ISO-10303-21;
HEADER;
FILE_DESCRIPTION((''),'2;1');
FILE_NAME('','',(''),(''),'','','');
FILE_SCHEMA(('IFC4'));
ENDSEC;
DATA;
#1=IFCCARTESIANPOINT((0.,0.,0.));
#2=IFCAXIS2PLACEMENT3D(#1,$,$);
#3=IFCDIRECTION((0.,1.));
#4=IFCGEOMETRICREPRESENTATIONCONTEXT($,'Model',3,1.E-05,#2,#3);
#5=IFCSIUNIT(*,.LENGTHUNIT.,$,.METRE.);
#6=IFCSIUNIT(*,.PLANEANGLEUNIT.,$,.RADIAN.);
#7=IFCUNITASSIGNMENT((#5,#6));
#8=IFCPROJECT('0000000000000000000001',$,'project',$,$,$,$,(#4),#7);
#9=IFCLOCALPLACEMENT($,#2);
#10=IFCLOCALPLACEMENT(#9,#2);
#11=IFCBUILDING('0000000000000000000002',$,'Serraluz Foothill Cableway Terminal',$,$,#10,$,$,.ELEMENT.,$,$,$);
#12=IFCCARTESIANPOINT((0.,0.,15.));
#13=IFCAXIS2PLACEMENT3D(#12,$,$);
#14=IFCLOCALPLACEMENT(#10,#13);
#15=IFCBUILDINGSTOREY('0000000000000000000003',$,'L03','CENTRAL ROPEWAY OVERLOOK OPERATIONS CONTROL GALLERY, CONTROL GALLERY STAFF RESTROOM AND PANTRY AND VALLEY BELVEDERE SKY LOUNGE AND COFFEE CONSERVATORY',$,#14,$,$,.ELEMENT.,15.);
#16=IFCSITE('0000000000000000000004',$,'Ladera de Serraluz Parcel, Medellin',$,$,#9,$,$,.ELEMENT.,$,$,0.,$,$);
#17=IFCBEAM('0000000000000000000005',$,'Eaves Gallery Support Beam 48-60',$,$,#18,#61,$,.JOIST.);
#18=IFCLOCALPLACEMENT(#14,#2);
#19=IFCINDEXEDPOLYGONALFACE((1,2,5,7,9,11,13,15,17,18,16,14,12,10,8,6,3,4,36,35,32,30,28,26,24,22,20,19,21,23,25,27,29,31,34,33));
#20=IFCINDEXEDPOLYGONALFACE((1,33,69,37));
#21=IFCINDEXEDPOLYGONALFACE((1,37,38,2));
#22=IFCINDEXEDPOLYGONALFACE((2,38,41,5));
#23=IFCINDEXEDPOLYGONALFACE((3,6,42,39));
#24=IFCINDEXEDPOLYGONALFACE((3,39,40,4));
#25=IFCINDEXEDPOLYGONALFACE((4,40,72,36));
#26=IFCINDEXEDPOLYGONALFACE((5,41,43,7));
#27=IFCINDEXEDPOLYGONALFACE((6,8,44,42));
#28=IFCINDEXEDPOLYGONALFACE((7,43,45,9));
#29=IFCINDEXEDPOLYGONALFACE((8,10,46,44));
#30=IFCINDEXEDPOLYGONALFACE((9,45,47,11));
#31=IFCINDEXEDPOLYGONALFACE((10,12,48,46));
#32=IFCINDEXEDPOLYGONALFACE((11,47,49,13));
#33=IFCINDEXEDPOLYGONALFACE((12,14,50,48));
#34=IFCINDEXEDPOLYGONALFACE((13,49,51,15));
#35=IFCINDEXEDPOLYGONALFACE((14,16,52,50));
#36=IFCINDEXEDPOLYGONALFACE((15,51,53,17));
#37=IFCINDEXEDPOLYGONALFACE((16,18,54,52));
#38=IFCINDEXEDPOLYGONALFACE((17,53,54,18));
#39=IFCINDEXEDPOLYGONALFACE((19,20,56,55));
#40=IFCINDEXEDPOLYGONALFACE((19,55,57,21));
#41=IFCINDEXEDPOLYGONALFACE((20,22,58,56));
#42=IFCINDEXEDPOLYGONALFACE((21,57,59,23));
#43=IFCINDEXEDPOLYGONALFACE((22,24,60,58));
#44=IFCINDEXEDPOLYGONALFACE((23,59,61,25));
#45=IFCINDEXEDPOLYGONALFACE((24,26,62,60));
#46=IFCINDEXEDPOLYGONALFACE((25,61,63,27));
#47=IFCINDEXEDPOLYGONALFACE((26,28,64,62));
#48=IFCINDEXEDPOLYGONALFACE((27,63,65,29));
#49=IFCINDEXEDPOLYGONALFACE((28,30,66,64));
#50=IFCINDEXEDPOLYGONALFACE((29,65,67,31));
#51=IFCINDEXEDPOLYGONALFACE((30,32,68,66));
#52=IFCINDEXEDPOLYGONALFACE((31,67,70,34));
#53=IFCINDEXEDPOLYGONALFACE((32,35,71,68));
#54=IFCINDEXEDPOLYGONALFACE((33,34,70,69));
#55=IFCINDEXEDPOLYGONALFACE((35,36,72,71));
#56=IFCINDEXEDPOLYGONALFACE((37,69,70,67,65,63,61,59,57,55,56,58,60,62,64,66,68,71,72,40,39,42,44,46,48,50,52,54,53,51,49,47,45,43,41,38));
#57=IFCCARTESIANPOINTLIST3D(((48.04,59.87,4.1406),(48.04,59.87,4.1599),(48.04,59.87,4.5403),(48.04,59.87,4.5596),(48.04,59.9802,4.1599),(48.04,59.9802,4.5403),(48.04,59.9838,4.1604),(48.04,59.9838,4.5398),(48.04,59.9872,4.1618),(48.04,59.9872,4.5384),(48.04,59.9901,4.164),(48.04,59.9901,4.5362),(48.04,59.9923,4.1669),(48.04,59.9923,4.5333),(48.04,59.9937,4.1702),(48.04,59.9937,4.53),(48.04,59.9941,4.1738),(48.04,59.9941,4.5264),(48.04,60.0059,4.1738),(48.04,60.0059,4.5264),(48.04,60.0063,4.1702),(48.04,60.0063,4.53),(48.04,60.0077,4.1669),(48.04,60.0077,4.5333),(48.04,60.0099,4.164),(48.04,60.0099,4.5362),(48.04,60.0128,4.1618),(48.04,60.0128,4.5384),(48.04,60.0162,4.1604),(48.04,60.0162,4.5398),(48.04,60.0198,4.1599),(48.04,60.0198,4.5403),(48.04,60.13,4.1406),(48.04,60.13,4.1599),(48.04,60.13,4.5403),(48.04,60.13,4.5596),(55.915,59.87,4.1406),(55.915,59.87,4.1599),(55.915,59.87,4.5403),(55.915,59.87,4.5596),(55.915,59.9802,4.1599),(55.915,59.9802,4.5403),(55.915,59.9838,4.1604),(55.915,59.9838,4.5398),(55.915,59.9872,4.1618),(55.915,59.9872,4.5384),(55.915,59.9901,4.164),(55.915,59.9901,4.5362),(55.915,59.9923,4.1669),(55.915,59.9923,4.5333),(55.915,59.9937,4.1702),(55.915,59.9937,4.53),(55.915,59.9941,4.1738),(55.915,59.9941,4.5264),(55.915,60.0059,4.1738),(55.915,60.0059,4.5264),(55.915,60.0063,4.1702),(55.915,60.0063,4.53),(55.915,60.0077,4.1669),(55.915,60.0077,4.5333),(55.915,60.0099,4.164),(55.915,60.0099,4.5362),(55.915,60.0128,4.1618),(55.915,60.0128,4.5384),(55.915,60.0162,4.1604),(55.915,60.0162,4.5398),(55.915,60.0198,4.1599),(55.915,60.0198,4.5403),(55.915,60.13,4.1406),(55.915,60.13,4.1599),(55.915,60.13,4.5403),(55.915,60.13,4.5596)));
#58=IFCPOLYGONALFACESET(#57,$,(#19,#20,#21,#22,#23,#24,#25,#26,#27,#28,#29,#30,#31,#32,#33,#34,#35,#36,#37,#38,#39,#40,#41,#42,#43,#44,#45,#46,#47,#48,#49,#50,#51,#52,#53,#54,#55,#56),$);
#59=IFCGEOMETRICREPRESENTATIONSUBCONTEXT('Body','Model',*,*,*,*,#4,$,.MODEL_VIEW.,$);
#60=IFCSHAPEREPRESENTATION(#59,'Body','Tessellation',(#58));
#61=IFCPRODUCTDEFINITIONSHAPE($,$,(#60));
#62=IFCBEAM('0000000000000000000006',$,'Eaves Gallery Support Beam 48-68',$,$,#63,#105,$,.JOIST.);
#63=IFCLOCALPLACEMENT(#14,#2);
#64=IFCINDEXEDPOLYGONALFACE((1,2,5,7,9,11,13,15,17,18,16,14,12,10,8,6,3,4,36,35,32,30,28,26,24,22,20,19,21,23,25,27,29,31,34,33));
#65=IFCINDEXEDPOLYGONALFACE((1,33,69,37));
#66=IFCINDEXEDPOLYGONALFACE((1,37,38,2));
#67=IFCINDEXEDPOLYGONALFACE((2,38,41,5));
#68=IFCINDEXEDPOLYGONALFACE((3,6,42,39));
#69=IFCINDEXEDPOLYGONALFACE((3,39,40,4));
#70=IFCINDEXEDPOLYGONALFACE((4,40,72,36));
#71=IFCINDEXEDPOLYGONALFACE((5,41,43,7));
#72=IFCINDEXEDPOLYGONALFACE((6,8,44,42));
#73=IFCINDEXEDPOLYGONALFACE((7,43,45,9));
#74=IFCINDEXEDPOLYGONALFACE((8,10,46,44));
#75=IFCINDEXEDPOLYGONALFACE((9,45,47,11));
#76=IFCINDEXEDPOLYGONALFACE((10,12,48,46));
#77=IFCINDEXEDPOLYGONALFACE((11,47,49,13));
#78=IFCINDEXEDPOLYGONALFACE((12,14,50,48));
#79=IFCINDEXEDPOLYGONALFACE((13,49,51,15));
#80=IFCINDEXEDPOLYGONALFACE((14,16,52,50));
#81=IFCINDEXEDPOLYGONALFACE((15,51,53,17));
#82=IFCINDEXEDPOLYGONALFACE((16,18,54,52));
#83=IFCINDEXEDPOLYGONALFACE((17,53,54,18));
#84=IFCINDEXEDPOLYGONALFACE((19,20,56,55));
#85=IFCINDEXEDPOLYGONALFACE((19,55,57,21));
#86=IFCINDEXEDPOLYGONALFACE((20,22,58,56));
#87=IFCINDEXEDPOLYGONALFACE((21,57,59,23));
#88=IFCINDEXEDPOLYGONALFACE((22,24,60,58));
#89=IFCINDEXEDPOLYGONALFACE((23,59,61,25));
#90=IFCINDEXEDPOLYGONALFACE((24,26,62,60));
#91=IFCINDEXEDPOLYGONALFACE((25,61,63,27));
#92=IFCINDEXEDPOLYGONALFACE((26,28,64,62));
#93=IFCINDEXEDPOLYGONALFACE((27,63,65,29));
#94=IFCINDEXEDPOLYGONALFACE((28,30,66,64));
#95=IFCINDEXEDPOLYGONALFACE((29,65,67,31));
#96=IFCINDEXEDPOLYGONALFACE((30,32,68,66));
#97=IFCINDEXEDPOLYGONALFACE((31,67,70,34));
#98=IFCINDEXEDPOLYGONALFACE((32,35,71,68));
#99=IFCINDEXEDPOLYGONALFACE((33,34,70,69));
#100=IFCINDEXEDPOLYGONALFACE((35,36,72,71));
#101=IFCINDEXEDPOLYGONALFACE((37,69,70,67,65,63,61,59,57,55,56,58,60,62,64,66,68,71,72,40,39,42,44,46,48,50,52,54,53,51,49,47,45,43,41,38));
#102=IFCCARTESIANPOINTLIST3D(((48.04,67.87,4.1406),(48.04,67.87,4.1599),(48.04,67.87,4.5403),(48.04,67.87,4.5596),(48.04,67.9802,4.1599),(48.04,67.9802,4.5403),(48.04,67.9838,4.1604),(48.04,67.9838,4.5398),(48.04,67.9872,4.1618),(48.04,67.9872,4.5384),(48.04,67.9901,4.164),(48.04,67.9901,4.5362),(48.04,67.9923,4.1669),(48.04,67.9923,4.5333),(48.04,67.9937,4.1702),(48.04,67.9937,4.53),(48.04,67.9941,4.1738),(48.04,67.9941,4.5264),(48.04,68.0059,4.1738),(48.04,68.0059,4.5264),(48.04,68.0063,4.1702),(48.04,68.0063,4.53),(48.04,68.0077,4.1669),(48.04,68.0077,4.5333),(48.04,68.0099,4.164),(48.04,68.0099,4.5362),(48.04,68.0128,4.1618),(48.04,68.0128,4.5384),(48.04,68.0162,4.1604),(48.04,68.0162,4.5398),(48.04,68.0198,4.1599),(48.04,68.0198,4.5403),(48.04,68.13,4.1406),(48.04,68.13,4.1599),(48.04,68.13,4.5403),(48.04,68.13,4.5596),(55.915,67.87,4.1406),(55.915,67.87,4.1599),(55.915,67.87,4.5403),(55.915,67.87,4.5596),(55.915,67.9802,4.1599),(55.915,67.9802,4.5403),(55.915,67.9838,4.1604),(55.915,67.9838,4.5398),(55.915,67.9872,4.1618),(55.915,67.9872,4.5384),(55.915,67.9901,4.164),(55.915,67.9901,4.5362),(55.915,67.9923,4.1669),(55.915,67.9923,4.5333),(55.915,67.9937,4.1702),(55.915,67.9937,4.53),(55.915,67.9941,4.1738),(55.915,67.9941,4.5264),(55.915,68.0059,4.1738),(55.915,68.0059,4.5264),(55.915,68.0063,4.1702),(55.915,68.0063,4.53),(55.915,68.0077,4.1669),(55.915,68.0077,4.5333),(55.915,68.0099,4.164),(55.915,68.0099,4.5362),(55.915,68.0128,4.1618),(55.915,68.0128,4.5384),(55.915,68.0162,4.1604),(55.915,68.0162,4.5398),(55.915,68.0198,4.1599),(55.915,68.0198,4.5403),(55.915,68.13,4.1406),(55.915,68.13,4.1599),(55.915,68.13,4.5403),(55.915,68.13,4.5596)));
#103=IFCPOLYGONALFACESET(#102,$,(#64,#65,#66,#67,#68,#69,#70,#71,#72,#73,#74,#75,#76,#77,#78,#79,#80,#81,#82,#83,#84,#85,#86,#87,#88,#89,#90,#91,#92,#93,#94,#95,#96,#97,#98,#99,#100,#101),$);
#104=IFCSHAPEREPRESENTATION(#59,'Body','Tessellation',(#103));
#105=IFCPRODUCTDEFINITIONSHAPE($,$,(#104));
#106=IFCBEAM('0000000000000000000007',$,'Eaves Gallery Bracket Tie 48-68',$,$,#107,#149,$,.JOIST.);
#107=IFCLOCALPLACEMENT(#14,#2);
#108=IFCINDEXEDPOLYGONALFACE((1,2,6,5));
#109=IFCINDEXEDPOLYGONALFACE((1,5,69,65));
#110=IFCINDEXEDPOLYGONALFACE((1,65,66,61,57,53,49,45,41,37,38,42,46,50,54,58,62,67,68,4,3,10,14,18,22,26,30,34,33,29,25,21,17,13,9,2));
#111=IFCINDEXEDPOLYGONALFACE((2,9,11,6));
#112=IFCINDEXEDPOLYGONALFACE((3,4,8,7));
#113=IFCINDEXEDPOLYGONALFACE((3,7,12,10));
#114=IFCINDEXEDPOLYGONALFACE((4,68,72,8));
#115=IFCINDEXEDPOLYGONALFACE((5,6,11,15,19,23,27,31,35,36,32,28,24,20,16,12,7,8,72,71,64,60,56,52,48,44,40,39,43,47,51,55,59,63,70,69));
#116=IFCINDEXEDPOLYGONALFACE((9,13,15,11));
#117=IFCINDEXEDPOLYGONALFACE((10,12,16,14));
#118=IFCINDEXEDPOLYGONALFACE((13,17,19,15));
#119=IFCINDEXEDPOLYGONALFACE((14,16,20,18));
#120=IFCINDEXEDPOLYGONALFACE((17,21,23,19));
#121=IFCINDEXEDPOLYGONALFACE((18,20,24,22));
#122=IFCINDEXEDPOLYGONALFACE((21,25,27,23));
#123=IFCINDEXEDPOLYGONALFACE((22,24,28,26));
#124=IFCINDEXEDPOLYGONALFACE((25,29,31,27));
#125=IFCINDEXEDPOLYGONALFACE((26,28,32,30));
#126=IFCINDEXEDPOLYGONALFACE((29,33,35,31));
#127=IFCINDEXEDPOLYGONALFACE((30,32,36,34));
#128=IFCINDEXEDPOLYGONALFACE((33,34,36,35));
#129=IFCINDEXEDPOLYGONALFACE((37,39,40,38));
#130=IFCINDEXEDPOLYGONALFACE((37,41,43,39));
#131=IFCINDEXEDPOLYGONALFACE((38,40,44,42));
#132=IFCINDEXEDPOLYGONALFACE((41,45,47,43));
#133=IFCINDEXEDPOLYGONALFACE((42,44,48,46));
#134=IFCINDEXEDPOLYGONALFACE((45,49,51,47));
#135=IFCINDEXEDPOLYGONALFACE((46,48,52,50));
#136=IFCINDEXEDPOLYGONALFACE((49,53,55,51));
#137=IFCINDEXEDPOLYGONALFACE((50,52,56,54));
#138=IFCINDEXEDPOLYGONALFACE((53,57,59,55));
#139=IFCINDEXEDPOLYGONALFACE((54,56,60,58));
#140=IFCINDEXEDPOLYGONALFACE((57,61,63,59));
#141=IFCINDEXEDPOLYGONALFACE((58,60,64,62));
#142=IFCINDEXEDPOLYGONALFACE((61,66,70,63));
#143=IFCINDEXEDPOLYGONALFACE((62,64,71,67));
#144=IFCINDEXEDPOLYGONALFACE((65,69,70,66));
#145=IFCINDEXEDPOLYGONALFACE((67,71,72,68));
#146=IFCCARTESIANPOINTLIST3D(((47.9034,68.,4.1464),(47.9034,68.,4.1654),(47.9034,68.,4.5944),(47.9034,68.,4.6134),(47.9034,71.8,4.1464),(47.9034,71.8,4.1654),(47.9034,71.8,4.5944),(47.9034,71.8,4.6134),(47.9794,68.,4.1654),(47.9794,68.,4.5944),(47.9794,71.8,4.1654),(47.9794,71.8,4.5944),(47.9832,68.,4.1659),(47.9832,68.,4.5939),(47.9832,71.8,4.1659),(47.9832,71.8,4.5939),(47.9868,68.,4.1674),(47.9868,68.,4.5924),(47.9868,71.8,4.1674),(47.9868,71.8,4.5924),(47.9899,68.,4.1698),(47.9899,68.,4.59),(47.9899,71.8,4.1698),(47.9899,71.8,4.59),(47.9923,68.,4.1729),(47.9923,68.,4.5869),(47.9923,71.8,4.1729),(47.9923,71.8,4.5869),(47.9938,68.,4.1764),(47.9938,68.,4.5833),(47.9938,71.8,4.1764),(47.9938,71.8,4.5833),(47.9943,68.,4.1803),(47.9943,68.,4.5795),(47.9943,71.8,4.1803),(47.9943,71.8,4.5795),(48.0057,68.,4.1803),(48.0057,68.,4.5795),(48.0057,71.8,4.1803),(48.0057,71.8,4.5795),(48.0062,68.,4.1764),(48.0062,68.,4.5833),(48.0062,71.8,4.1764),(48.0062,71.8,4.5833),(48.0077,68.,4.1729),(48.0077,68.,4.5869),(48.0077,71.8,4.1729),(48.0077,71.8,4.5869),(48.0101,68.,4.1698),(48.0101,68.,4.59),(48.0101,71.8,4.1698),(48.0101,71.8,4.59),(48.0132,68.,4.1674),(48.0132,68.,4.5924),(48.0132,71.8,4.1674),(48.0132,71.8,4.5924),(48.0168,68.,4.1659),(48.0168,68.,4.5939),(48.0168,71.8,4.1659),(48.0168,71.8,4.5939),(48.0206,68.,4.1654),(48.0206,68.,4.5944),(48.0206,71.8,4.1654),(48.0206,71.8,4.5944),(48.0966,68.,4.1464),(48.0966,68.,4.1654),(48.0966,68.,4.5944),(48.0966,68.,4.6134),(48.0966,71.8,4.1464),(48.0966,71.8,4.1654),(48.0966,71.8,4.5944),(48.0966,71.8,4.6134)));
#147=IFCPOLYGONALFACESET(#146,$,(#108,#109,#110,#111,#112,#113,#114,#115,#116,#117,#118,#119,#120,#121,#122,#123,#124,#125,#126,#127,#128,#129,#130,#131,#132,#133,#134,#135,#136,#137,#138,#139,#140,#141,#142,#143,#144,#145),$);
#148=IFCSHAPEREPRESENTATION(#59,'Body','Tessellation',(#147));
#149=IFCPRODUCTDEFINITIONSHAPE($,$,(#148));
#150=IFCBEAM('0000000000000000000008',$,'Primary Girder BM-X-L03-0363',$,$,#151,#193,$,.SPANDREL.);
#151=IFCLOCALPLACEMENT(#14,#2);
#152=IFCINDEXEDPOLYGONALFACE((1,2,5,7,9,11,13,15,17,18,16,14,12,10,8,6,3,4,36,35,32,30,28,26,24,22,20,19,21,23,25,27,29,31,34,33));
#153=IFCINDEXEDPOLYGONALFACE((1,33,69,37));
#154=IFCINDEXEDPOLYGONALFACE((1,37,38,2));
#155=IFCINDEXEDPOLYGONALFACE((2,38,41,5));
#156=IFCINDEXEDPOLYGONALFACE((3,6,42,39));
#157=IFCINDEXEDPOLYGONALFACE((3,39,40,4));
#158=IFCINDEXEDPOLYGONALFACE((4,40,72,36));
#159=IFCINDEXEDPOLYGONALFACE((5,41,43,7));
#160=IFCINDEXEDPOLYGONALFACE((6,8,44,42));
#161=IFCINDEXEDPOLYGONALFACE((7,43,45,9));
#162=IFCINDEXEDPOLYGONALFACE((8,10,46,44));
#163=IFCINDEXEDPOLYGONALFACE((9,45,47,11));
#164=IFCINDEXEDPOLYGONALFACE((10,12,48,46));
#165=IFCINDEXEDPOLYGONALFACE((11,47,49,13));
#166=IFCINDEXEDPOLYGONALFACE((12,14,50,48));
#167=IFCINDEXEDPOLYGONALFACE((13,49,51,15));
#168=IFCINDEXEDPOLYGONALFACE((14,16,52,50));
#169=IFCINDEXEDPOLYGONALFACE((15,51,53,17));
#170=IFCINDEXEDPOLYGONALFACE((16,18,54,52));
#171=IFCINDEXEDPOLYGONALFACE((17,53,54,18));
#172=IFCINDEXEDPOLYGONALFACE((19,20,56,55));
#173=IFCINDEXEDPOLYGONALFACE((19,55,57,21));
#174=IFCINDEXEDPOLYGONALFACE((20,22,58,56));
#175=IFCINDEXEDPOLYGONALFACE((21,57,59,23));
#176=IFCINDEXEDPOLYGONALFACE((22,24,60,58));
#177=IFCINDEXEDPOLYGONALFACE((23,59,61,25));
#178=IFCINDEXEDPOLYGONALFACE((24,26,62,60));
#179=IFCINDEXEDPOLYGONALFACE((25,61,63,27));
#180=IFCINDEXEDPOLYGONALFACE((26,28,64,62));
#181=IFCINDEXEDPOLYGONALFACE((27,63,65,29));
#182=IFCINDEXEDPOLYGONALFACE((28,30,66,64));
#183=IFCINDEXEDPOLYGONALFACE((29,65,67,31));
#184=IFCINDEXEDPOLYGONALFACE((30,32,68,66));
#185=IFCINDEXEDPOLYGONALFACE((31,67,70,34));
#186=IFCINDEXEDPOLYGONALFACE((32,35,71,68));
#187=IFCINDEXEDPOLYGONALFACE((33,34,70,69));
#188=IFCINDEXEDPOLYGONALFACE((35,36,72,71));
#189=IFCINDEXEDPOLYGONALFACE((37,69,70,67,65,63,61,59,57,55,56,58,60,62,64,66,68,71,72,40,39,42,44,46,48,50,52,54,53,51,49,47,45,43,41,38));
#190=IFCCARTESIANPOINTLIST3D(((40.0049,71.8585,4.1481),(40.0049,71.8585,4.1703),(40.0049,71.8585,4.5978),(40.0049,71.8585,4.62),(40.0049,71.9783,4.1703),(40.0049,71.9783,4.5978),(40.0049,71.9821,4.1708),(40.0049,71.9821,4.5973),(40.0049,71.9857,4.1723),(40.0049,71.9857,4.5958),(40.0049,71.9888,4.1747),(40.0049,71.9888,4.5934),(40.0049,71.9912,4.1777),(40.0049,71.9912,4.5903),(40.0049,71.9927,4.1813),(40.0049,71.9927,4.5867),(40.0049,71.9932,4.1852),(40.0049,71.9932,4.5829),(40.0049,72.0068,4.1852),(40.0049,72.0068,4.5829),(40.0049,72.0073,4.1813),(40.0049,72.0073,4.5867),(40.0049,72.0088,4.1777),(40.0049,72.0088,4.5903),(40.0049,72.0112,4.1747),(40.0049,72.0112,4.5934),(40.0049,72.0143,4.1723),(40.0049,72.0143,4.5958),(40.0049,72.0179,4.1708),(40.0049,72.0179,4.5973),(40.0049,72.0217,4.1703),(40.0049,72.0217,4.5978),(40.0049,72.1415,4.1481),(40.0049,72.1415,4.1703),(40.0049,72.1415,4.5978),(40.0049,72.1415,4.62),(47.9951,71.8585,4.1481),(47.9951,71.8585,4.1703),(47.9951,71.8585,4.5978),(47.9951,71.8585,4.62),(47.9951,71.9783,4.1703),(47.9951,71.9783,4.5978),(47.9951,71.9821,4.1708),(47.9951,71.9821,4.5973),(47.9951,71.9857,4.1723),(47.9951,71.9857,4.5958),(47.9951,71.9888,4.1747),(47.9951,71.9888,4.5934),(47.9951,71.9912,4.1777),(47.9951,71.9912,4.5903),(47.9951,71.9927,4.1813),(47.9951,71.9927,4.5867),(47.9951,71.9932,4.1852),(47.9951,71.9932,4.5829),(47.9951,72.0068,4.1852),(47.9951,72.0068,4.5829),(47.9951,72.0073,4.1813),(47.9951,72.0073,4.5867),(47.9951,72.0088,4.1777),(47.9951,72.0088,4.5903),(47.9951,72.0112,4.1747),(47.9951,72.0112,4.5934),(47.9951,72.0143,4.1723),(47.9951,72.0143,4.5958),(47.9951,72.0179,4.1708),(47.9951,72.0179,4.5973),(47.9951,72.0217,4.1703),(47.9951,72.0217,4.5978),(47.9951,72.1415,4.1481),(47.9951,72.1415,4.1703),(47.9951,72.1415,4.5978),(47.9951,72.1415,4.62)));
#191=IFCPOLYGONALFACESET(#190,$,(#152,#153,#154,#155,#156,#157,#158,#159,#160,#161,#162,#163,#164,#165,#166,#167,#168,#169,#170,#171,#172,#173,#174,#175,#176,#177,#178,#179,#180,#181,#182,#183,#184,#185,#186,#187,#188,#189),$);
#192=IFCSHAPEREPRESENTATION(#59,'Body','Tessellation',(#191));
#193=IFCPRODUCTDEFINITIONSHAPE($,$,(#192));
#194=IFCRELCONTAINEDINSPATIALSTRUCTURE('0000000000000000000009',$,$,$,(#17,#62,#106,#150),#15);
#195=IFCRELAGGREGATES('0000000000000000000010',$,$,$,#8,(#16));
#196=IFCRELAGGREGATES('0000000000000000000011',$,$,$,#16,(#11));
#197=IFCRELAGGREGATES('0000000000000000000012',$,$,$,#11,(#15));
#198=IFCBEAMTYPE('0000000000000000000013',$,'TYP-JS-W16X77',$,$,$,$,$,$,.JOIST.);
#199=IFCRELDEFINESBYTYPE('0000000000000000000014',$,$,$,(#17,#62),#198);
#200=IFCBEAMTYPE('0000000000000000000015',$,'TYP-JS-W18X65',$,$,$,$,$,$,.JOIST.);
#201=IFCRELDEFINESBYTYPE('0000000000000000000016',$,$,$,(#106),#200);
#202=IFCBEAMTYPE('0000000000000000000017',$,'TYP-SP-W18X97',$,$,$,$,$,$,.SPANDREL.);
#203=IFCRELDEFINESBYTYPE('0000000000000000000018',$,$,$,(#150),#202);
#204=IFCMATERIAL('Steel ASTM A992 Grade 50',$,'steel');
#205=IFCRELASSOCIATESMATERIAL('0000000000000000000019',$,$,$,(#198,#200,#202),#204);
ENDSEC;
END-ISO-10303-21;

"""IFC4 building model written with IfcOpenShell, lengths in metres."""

from ifc_helpers import new_model, si_unit, direction, frame, origin, origin_2d, place, context, subcontext, project, spatial, i_section, extrude, material, material_profile, profile_set, type_object, element, save


model = new_model("IFC4")

# Units and contexts
model_context = context("Model", 3, precision=1e-05, world=origin(), true_north=direction((0.0, 1.0)))
body_context = subcontext(model_context, "Body", "Model", "MODEL_VIEW")
ifc_project = project(units=[si_unit("LENGTHUNIT", "METRE"), si_unit("PLANEANGLEUNIT", "RADIAN")], contexts=[model_context])

# Site, building, storey
site_placement = place(None, origin())
site = spatial("IfcSite", under=ifc_project, at=site_placement, Name="Ladera de Serraluz Parcel, Medellin", CompositionType="ELEMENT", RefElevation=0.0)
building_placement = place(site_placement, origin())
building = spatial("IfcBuilding", under=site, at=building_placement, Name="Serraluz Foothill Cableway Terminal", CompositionType="ELEMENT")
storey_placement = place(building_placement, frame((0.0, 0.0, 15.0)))
storey = spatial("IfcBuildingStorey", under=building, at=storey_placement, Name="L03", Description="CENTRAL ROPEWAY OVERLOOK OPERATIONS CONTROL GALLERY, CONTROL GALLERY STAFF RESTROOM AND PANTRY AND VALLEY BELVEDERE SKY LOUNGE AND COFFEE CONSERVATORY", CompositionType="ELEMENT", Elevation=15.0)

# Shared definitions
ifc_material_1 = material(Name="Steel ASTM A992 Grade 50", Category="steel")

# Beams
ifc_material_profile_1 = material_profile(ifc_material_1, i_section(OverallWidth=0.26, OverallDepth=0.4189, WebThickness=0.0117, FlangeThickness=0.0193, FilletRadius=0.0139, at=origin_2d()), Name="W16X77")
ifc_profile_set_1 = profile_set([ifc_material_profile_1], Name="Steel ASTM A992 Grade 50")
beam_type_1 = type_object("IfcBeamType", Name="TYP-JS-W16X77", PredefinedType="JOIST", material=ifc_profile_set_1)
for number, where, z_axis, x_axis, name in (
    (1, (48.04, 60.0, 4.3501), (1.0, 0.0, 0.0), (0.0, 1.0, 0.0), "Eaves Gallery Support Beam 48-60"),
    (2, (48.04, 68.0, 4.3501), (1.0, 0.0, 0.0), (0.0, 1.0, 0.0), "Eaves Gallery Support Beam 48-68"),
):
    element("IfcBeam", number, at=place(storey_placement, frame(where, z_axis=z_axis, x_axis=x_axis)), inside=storey, type_object=beam_type_1, Name=name, PredefinedType="JOIST", context=body_context, shape_type="SweptSolid", body=[
        extrude(i_section(OverallWidth=0.26, OverallDepth=0.4189, WebThickness=0.0117, FlangeThickness=0.0193, FilletRadius=0.0139, at=origin_2d()), origin(), (0.0, 0.0, 1.0), 7.875),
    ])
ifc_material_profile_2 = material_profile(ifc_material_1, i_section(OverallWidth=0.1931, OverallDepth=0.467, WebThickness=0.0115, FlangeThickness=0.019, FilletRadius=0.0149, at=origin_2d()), Name="W18X65")
ifc_profile_set_2 = profile_set([ifc_material_profile_2], Name="Steel ASTM A992 Grade 50")
beam_type_2 = type_object("IfcBeamType", Name="TYP-JS-W18X65", PredefinedType="JOIST", material=ifc_profile_set_2)
beam_1_placement = place(storey_placement, frame((48.0, 68.0, 4.3799), z_axis=(0.0, 1.0, 0.0), x_axis=(-1.0, 0.0, 0.0)))
element("IfcBeam", 3, at=beam_1_placement, inside=storey, type_object=beam_type_2, Name="Eaves Gallery Bracket Tie 48-68", PredefinedType="JOIST", context=body_context, shape_type="SweptSolid", body=[
    extrude(i_section(OverallWidth=0.1931, OverallDepth=0.467, WebThickness=0.0115, FlangeThickness=0.019, FilletRadius=0.0149, at=origin_2d()), origin(), (0.0, 0.0, 1.0), 3.8),
])
ifc_material_profile_3 = material_profile(ifc_material_1, i_section(OverallWidth=0.283, OverallDepth=0.4719, WebThickness=0.0137, FlangeThickness=0.0222, FilletRadius=0.0149, at=origin_2d()), Name="W18X97")
ifc_profile_set_3 = profile_set([ifc_material_profile_3], Name="Steel ASTM A992 Grade 50")
beam_type_3 = type_object("IfcBeamType", Name="TYP-SP-W18X97", PredefinedType="SPANDREL", material=ifc_profile_set_3)
beam_2_placement = place(storey_placement, frame((40.0049, 72.0, 4.384), z_axis=(1.0, 0.0, 0.0), x_axis=(0.0, 1.0, 0.0)))
element("IfcBeam", 4, at=beam_2_placement, inside=storey, type_object=beam_type_3, Name="Primary Girder BM-X-L03-0363", PredefinedType="SPANDREL", context=body_context, shape_type="SweptSolid", body=[
    extrude(i_section(OverallWidth=0.283, OverallDepth=0.4719, WebThickness=0.0137, FlangeThickness=0.0222, FilletRadius=0.0149, at=origin_2d()), origin(), (0.0, 0.0, 1.0), 7.9902),
])

save(model, "model.ifc")
